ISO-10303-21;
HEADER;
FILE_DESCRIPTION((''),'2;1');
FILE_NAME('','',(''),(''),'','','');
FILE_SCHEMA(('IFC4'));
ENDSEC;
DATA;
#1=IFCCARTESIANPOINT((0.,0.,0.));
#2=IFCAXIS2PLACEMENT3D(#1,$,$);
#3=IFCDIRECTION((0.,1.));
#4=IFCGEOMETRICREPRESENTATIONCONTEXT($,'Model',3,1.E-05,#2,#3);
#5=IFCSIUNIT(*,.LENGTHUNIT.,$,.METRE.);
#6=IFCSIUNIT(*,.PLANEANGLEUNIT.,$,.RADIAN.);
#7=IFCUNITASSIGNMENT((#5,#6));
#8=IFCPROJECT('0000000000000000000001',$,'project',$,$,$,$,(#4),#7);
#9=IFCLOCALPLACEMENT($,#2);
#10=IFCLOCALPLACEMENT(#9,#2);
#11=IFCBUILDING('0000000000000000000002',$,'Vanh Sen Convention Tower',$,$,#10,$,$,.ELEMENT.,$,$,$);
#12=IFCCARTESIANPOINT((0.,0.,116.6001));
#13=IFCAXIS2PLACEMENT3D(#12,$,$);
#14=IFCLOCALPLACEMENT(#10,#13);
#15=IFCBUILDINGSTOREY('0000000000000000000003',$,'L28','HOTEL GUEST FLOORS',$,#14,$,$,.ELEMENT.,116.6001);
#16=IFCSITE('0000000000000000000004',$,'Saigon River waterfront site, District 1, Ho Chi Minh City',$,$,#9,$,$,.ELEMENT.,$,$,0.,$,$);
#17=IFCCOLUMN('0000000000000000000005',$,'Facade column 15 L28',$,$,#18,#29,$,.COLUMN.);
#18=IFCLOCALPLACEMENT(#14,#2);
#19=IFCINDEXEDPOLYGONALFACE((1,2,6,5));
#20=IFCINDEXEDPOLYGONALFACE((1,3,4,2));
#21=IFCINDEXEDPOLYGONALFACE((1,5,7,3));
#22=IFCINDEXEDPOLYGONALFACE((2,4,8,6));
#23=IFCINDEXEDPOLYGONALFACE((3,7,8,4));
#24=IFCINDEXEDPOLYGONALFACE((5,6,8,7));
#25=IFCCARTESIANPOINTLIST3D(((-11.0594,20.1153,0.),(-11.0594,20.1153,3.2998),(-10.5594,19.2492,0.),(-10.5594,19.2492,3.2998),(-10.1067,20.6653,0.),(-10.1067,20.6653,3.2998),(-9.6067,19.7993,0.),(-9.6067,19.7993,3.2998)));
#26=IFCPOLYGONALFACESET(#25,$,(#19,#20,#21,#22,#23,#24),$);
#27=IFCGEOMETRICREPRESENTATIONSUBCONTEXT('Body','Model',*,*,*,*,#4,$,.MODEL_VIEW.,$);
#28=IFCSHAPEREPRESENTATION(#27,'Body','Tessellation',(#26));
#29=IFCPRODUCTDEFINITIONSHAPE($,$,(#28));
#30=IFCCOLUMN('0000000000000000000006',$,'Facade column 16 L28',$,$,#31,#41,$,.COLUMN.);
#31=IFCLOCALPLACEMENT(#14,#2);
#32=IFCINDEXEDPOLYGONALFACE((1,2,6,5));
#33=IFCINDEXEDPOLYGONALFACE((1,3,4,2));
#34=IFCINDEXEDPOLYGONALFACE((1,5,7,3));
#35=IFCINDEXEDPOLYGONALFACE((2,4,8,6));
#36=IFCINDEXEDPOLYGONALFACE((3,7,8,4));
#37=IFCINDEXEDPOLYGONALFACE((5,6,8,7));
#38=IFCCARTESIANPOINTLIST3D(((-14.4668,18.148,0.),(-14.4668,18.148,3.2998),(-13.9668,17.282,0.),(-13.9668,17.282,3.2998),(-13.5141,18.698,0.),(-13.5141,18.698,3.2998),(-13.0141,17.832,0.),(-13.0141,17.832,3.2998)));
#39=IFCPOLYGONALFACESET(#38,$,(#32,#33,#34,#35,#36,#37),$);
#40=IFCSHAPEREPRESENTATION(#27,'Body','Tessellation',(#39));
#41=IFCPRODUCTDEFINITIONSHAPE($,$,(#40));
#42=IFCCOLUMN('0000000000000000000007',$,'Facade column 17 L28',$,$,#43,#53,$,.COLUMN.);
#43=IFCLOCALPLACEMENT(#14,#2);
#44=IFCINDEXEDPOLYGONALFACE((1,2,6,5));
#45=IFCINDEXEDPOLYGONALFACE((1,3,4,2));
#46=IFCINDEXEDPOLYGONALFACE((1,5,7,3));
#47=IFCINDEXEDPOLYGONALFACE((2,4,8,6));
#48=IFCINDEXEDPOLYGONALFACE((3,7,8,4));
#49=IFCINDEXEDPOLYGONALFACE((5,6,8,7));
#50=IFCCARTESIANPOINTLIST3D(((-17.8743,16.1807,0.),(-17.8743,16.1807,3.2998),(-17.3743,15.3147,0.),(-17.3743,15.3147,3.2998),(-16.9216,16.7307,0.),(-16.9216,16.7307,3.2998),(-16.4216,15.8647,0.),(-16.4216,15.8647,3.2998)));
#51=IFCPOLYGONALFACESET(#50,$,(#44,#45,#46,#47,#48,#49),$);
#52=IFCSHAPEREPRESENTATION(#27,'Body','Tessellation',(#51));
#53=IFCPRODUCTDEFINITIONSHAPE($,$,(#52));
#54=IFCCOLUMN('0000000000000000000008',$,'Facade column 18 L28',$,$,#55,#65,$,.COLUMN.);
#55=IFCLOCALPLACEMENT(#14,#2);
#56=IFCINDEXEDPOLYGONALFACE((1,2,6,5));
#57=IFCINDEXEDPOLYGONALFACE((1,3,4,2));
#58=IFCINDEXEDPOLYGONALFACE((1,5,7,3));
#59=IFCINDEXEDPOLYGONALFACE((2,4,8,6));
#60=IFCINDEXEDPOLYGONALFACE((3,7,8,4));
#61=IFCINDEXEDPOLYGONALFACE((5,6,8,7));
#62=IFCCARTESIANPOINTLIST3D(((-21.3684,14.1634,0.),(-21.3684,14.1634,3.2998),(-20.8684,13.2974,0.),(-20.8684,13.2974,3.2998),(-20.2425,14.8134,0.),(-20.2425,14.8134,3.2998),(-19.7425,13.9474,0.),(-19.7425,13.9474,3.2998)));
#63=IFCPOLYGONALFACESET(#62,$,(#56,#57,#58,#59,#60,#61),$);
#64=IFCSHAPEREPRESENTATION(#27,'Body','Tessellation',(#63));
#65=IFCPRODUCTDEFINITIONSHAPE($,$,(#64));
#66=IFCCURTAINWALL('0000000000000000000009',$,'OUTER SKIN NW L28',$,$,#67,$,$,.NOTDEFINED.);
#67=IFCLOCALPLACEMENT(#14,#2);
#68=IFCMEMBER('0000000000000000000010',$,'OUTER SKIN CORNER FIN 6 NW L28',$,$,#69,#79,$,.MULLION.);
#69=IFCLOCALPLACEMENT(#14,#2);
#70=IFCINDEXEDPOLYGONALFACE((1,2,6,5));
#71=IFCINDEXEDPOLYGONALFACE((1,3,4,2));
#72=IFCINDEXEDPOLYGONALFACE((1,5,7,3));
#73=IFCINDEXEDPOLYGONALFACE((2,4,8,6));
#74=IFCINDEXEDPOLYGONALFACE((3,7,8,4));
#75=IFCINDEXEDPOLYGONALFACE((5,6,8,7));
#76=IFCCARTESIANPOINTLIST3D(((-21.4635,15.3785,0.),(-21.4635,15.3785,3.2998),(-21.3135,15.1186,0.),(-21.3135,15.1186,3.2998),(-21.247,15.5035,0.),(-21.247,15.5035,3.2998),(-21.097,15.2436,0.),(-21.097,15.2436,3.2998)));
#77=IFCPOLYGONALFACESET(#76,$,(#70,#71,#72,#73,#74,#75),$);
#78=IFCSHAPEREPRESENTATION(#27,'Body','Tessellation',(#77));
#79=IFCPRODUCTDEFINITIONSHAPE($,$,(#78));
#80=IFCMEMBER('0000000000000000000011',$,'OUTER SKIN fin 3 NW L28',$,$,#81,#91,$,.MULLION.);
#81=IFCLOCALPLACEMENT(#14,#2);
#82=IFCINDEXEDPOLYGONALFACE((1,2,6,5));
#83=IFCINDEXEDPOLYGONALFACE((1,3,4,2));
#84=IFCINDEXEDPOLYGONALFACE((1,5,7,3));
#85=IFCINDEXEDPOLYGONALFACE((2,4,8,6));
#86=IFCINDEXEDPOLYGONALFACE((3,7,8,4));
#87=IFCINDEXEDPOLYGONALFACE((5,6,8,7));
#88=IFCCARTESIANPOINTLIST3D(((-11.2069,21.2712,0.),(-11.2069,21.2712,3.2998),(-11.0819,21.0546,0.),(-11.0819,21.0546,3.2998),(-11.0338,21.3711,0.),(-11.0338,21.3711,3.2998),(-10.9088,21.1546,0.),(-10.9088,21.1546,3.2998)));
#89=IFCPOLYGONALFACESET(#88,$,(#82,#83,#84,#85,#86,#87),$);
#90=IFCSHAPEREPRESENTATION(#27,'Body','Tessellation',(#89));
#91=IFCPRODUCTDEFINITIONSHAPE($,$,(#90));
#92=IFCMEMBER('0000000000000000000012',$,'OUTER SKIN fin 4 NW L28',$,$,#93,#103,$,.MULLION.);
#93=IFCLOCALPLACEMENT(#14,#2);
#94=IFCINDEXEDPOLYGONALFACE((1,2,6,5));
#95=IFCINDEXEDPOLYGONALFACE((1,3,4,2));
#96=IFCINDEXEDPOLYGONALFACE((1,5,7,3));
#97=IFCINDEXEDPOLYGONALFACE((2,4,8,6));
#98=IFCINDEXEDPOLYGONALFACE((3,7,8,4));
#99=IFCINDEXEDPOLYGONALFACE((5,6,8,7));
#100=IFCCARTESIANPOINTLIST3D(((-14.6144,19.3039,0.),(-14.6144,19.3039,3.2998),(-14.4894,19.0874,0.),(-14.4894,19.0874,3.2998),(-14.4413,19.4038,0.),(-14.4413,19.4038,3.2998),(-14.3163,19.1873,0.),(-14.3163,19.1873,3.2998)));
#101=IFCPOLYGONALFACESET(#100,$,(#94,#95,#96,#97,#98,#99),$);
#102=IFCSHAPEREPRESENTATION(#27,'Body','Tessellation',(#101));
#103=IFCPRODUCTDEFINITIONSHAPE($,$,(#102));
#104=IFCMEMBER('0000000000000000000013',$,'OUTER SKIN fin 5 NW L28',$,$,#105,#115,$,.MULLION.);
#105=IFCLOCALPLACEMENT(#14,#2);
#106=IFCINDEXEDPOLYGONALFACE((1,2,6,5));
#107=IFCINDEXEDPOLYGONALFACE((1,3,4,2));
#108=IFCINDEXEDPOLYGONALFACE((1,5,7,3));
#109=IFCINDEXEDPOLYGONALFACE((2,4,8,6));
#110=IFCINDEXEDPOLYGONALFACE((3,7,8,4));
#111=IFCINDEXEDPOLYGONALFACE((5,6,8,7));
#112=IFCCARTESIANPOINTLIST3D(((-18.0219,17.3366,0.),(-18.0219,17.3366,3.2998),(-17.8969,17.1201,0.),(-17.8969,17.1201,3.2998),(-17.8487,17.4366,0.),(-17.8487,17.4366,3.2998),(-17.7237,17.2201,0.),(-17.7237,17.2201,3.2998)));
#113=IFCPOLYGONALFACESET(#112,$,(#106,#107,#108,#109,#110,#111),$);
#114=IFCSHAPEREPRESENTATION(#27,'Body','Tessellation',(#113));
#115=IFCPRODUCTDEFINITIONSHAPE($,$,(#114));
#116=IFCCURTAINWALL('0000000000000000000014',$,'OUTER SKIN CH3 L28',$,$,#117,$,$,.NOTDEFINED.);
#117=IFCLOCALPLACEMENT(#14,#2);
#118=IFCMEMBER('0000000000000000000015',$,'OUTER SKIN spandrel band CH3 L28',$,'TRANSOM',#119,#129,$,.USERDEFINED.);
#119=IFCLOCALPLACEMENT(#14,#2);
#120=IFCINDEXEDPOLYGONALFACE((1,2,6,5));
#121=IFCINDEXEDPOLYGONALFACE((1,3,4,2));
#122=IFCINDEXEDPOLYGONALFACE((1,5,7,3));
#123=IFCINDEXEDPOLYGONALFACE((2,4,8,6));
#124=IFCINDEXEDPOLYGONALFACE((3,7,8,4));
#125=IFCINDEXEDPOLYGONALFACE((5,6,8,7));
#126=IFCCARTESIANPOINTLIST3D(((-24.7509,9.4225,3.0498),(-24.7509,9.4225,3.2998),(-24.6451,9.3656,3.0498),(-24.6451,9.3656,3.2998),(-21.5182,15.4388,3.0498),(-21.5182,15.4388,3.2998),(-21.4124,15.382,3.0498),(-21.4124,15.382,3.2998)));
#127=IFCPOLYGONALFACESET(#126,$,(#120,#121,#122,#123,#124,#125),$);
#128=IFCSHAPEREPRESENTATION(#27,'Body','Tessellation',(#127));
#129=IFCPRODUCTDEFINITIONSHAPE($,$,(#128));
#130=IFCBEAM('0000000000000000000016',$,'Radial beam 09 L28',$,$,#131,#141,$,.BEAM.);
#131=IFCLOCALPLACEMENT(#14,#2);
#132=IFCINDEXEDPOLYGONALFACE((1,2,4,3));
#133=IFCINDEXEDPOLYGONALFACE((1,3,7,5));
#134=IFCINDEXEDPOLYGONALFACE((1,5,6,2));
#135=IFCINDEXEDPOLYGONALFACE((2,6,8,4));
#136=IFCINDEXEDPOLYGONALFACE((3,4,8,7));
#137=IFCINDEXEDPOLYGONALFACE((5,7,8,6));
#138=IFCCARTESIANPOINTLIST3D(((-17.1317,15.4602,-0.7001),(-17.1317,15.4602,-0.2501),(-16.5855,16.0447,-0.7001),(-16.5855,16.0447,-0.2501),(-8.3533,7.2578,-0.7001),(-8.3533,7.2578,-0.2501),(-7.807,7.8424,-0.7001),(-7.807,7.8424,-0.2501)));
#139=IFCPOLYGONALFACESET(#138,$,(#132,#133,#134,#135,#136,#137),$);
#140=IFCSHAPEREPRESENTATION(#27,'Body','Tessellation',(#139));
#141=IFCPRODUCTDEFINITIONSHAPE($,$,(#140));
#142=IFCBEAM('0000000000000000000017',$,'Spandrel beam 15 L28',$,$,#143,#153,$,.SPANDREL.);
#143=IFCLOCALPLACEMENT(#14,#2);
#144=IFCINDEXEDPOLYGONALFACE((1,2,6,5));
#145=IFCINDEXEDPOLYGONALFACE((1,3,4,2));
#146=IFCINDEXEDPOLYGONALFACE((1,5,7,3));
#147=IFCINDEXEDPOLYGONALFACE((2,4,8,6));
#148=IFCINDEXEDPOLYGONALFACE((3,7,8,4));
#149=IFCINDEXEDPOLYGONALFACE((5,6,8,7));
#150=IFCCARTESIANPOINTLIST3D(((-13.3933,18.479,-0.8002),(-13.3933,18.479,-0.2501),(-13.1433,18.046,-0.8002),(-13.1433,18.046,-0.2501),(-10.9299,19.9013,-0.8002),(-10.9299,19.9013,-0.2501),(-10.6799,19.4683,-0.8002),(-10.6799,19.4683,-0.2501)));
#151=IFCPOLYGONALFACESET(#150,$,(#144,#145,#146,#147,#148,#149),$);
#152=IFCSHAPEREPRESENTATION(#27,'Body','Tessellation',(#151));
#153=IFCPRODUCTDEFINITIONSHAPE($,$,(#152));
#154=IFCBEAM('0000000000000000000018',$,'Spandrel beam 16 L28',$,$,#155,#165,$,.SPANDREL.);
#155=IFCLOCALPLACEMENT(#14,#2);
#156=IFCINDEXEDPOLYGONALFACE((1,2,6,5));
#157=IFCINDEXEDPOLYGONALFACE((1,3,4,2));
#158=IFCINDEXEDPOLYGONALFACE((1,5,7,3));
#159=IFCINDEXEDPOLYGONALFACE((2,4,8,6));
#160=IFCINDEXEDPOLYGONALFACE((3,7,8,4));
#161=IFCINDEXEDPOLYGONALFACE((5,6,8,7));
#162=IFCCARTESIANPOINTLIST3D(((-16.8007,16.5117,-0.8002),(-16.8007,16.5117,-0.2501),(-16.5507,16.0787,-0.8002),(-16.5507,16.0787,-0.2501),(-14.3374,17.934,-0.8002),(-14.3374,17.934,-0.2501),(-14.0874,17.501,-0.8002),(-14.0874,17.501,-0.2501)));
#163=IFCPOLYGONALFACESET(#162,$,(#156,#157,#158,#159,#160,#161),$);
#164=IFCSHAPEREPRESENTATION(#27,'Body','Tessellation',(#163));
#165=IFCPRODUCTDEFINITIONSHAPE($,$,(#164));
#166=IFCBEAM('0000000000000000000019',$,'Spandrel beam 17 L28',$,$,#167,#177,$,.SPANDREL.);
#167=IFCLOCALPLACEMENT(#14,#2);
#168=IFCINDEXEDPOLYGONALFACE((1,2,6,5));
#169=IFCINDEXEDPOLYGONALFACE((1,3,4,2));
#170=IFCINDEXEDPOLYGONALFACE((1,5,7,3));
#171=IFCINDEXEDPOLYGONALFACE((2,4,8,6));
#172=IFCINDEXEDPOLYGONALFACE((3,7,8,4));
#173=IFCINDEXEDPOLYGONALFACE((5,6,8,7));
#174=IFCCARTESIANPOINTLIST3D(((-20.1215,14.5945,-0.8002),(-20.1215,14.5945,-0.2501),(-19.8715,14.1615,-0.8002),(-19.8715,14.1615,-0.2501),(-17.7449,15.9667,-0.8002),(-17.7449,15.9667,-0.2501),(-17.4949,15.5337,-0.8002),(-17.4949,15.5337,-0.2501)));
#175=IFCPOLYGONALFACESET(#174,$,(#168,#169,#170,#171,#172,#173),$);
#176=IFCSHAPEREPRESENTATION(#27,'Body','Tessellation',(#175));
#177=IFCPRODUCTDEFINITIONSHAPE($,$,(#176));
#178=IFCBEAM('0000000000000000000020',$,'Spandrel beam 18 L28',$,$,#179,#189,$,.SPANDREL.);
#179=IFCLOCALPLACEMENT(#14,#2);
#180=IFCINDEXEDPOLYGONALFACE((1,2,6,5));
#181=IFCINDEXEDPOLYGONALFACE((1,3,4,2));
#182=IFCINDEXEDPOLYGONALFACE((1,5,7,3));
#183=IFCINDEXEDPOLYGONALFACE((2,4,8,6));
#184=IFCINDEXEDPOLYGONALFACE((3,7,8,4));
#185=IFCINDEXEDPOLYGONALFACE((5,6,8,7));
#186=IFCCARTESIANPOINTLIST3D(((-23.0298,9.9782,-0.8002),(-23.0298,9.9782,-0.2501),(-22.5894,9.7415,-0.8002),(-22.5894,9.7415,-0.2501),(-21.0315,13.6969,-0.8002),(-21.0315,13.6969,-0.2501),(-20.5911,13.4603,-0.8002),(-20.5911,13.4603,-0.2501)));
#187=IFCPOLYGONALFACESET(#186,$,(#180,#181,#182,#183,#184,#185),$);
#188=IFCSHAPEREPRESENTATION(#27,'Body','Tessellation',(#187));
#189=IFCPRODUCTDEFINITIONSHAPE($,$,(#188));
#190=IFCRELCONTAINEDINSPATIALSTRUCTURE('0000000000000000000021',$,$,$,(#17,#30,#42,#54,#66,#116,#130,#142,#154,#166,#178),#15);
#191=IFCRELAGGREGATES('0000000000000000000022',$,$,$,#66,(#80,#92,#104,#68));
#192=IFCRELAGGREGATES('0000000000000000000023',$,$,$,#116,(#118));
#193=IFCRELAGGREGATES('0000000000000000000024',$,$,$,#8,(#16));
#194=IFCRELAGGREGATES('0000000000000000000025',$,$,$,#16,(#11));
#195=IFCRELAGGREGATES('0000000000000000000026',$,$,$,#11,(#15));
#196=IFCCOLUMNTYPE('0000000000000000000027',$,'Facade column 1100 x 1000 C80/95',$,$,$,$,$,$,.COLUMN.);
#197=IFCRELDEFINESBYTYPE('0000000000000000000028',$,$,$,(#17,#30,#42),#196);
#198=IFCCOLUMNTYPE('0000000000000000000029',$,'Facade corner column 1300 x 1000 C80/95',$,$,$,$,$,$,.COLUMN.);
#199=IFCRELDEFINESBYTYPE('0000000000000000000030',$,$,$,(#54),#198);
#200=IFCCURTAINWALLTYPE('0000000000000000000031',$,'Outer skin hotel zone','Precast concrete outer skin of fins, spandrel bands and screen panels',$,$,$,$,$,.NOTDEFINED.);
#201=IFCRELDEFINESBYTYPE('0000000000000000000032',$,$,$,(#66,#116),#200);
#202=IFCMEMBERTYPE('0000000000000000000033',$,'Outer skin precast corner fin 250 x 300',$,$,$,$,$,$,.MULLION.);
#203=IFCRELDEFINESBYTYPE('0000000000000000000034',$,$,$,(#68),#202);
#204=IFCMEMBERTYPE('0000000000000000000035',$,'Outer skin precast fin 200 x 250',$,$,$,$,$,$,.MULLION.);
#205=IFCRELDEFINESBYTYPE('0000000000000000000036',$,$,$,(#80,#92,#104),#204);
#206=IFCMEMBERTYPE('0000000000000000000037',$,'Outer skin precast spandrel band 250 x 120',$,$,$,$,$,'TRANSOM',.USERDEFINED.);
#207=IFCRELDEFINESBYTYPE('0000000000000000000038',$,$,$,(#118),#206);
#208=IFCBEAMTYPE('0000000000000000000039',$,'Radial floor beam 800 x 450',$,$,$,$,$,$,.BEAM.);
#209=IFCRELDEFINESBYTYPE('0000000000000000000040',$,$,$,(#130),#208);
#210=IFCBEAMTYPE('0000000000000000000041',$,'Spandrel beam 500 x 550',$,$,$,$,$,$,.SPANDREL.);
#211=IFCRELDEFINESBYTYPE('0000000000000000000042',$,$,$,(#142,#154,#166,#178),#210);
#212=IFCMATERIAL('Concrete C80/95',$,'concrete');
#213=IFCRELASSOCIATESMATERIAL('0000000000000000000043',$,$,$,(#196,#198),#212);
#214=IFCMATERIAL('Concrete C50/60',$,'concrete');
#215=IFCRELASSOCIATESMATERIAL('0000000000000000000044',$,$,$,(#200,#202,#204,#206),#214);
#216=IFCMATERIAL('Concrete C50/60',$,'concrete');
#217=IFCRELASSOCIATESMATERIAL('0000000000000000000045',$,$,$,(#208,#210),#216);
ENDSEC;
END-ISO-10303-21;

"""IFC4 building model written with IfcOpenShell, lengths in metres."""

from ifc_helpers import new_model, si_unit, direction, frame, origin, origin_2d, place, context, subcontext, project, spatial, rectangle, extrude, material, material_profile, profile_set, type_object, element, aggregate, save


model = new_model("IFC4")

# Units and contexts
model_context = context("Model", 3, precision=1e-05, world=origin(), true_north=direction((0.0, 1.0)))
body_context = subcontext(model_context, "Body", "Model", "MODEL_VIEW")
ifc_project = project(units=[si_unit("LENGTHUNIT", "METRE"), si_unit("PLANEANGLEUNIT", "RADIAN")], contexts=[model_context])

# Site, building, storey
site_placement = place(None, origin())
site = spatial("IfcSite", under=ifc_project, at=site_placement, Name="Saigon River waterfront site, District 1, Ho Chi Minh City", CompositionType="ELEMENT", RefElevation=0.0)
building_placement = place(site_placement, origin())
building = spatial("IfcBuilding", under=site, at=building_placement, Name="Vanh Sen Convention Tower", CompositionType="ELEMENT")
storey_placement = place(building_placement, frame((0.0, 0.0, 116.6001)))
storey = spatial("IfcBuildingStorey", under=building, at=storey_placement, Name="L28", Description="HOTEL GUEST FLOORS", CompositionType="ELEMENT", Elevation=116.6001)

# Columns
ifc_material_1 = material(Name="Concrete C80/95", Category="concrete")
ifc_material_profile_1 = material_profile(ifc_material_1, rectangle(XDim=1.1001, YDim=1.0, at=origin_2d()), Name="RC 1100X1000")
ifc_profile_set_1 = profile_set([ifc_material_profile_1], Name="Concrete C80/95")
column_type_1 = type_object("IfcColumnType", Name="Facade column 1100 x 1000 C80/95", PredefinedType="COLUMN", material=ifc_profile_set_1)
for number, where, z_axis, x_axis, name in (
    (1, (-10.333, 19.9573, 0.0), (0.0, 0.0, 1.0), (-0.866025, -0.5, 0.0), "Facade column 15 L28"),
    (2, (-13.7405, 17.99, 0.0), (0.0, 0.0, 1.0), (-0.866025, -0.5, 0.0), "Facade column 16 L28"),
    (3, (-17.1479, 16.0227, 0.0), (0.0, 0.0, 1.0), (-0.866025, -0.5, 0.0), "Facade column 17 L28"),
):
    element("IfcColumn", number, at=place(storey_placement, frame(where, z_axis=z_axis, x_axis=x_axis)), inside=storey, type_object=column_type_1, Name=name, PredefinedType="COLUMN", context=body_context, shape_type="SweptSolid", body=[
        extrude(rectangle(XDim=1.1001, YDim=1.0, at=origin_2d()), origin(), (0.0, 0.0, 1.0), 3.2998),
    ])
ifc_material_profile_2 = material_profile(ifc_material_1, rectangle(XDim=1.3, YDim=1.0, at=origin_2d()), Name="RC 1300X1000")
ifc_profile_set_2 = profile_set([ifc_material_profile_2], Name="Concrete C80/95")
column_type_2 = type_object("IfcColumnType", Name="Facade corner column 1300 x 1000 C80/95", PredefinedType="COLUMN", material=ifc_profile_set_2)
column_placement = place(storey_placement, frame((-20.5554, 14.0554, 0.0), z_axis=(0.0, 0.0, 1.0), x_axis=(-0.866025, -0.5, 0.0)))
element("IfcColumn", 4, at=column_placement, inside=storey, type_object=column_type_2, Name="Facade column 18 L28", PredefinedType="COLUMN", context=body_context, shape_type="SweptSolid", body=[
    extrude(rectangle(XDim=1.3, YDim=1.0, at=origin_2d()), origin(), (0.0, 0.0, 1.0), 3.2998),
])

# Curtain wall, members
ifc_material_2 = material(Name="Concrete C50/60", Category="concrete")
curtain_wall_type = type_object("IfcCurtainWallType", Name="Outer skin hotel zone", Description="Precast concrete outer skin of fins, spandrel bands and screen panels", PredefinedType="NOTDEFINED", material=ifc_material_2)
curtain_wall_1_placement = place(storey_placement, origin())
curtain_wall_1 = element("IfcCurtainWall", 5, at=curtain_wall_1_placement, inside=storey, type_object=curtain_wall_type, Name="OUTER SKIN NW L28", PredefinedType="NOTDEFINED")
ifc_material_profile_3 = material_profile(ifc_material_2, rectangle(XDim=0.25, YDim=0.3, at=origin_2d()), Name="Outer skin precast corner fin 250 x 300")
ifc_profile_set_3 = profile_set([ifc_material_profile_3], Name="Concrete C50/60")
member_type_1 = type_object("IfcMemberType", Name="Outer skin precast corner fin 250 x 300", PredefinedType="MULLION", material=ifc_profile_set_3)
member_1_placement = place(storey_placement, frame((-21.2803, 15.311, 0.0), z_axis=(0.0, 0.0, 1.0), x_axis=(-0.866025, -0.5, 0.0)))
member_1 = element("IfcMember", 6, at=member_1_placement, type_object=member_type_1, Name="OUTER SKIN CORNER FIN 6 NW L28", PredefinedType="MULLION", context=body_context, shape_type="SweptSolid", body=[
    extrude(rectangle(XDim=0.25, YDim=0.3, at=origin_2d()), origin(), (0.0, 0.0, 1.0), 3.2998),
])
ifc_material_profile_4 = material_profile(ifc_material_2, rectangle(XDim=0.2, YDim=0.25, at=origin_2d()), Name="Outer skin precast fin 200 x 250")
ifc_profile_set_4 = profile_set([ifc_material_profile_4], Name="Concrete C50/60")
member_type_2 = type_object("IfcMemberType", Name="Outer skin precast fin 200 x 250", PredefinedType="MULLION", material=ifc_profile_set_4)
member_2_placement = place(storey_placement, frame((-11.0579, 21.2129, 0.0), z_axis=(0.0, 0.0, 1.0), x_axis=(-0.866025, -0.5, 0.0)))
member_2 = element("IfcMember", 7, at=member_2_placement, type_object=member_type_2, Name="OUTER SKIN fin 3 NW L28", PredefinedType="MULLION", context=body_context, shape_type="SweptSolid", body=[
    extrude(rectangle(XDim=0.2, YDim=0.25, at=origin_2d()), origin(), (0.0, 0.0, 1.0), 3.2998),
])
member_3_placement = place(storey_placement, frame((-14.4653, 19.2456, 0.0), z_axis=(0.0, 0.0, 1.0), x_axis=(-0.866025, -0.5, 0.0)))
member_3 = element("IfcMember", 8, at=member_3_placement, type_object=member_type_2, Name="OUTER SKIN fin 4 NW L28", PredefinedType="MULLION", context=body_context, shape_type="SweptSolid", body=[
    extrude(rectangle(XDim=0.2, YDim=0.25, at=origin_2d()), origin(), (0.0, 0.0, 1.0), 3.2998),
])
member_4_placement = place(storey_placement, frame((-17.8728, 17.2783, 0.0), z_axis=(0.0, 0.0, 1.0), x_axis=(-0.866025, -0.5, 0.0)))
member_4 = element("IfcMember", 9, at=member_4_placement, type_object=member_type_2, Name="OUTER SKIN fin 5 NW L28", PredefinedType="MULLION", context=body_context, shape_type="SweptSolid", body=[
    extrude(rectangle(XDim=0.2, YDim=0.25, at=origin_2d()), origin(), (0.0, 0.0, 1.0), 3.2998),
])

# Curtain wall, member
curtain_wall_2_placement = place(storey_placement, origin())
curtain_wall_2 = element("IfcCurtainWall", 10, at=curtain_wall_2_placement, inside=storey, type_object=curtain_wall_type, Name="OUTER SKIN CH3 L28", PredefinedType="NOTDEFINED")
ifc_material_profile_5 = material_profile(ifc_material_2, rectangle(XDim=0.1201, YDim=0.25, at=origin_2d()), Name="Outer skin precast spandrel band 250 x 120")
ifc_profile_set_5 = profile_set([ifc_material_profile_5], Name="Concrete C50/60")
member_type_3 = type_object("IfcMemberType", Name="Outer skin precast spandrel band 250 x 120", ElementType="TRANSOM", PredefinedType="USERDEFINED", material=ifc_profile_set_5)
member_5_placement = place(storey_placement, frame((-21.4653, 15.4104, 3.1748), z_axis=(-0.473315, -0.880893, 0.0), x_axis=(0.880893, -0.473315, 0.0)))
member_5 = element("IfcMember", 11, at=member_5_placement, type_object=member_type_3, Name="OUTER SKIN spandrel band CH3 L28", ObjectType="TRANSOM", PredefinedType="USERDEFINED", context=body_context, shape_type="SweptSolid", body=[
    extrude(rectangle(XDim=0.1201, YDim=0.25, at=origin_2d()), origin(), (0.0, 0.0, 1.0), 6.8298),
])

# Beams
ifc_material_3 = material(Name="Concrete C50/60", Category="concrete")
ifc_material_profile_6 = material_profile(ifc_material_3, rectangle(XDim=0.8, YDim=0.45, at=origin_2d()), Name="RC 800X450")
ifc_profile_set_6 = profile_set([ifc_material_profile_6], Name="Concrete C50/60")
beam_type_1 = type_object("IfcBeamType", Name="Radial floor beam 800 x 450", PredefinedType="BEAM", material=ifc_profile_set_6)
beam_1_placement = place(storey_placement, frame((-16.8586, 15.7524, -0.4751), z_axis=(0.730679, -0.682721, 0.0), x_axis=(0.682721, 0.730679, 0.0)))
element("IfcBeam", 12, at=beam_1_placement, inside=storey, type_object=beam_type_1, Name="Radial beam 09 L28", PredefinedType="BEAM", context=body_context, shape_type="SweptSolid", body=[
    extrude(rectangle(XDim=0.8, YDim=0.45, at=origin_2d()), origin(), (0.0, 0.0, 1.0), 12.0142),
])
ifc_material_profile_7 = material_profile(ifc_material_3, rectangle(XDim=0.5, YDim=0.55, at=origin_2d()), Name="RC 500X550")
ifc_profile_set_7 = profile_set([ifc_material_profile_7], Name="Concrete C50/60")
beam_type_2 = type_object("IfcBeamType", Name="Spandrel beam 500 x 550", PredefinedType="SPANDREL", material=ifc_profile_set_7)
for number, where, z_axis, x_axis, name in (
    (13, (-10.8049, 19.6848, -0.5251), (-0.866005, -0.500034, 0.0), (0.500034, -0.866005, 0.0), "Spandrel beam 15 L28"),
    (14, (-14.2124, 17.7175, -0.5251), (-0.866005, -0.500034, 0.0), (0.500034, -0.866005, 0.0), "Spandrel beam 16 L28"),
):
    element("IfcBeam", number, at=place(storey_placement, frame(where, z_axis=z_axis, x_axis=x_axis)), inside=storey, type_object=beam_type_2, Name=name, PredefinedType="SPANDREL", context=body_context, shape_type="SweptSolid", body=[
        extrude(rectangle(XDim=0.5, YDim=0.55, at=origin_2d()), origin(), (0.0, 0.0, 1.0), 2.8445),
    ])
beam_2_placement = place(storey_placement, frame((-17.6199, 15.7502, -0.5251), z_axis=(-0.866006, -0.500033, 0.0), x_axis=(0.500033, -0.866006, 0.0)))
element("IfcBeam", 15, at=beam_2_placement, inside=storey, type_object=beam_type_2, Name="Spandrel beam 17 L28", PredefinedType="SPANDREL", context=body_context, shape_type="SweptSolid", body=[
    extrude(rectangle(XDim=0.5, YDim=0.55, at=origin_2d()), origin(), (0.0, 0.0, 1.0), 2.7444),
])
beam_3_placement = place(storey_placement, frame((-20.8113, 13.5786, -0.5251), z_axis=(-0.473344, -0.880877, 0.0), x_axis=(0.880877, -0.473344, 0.0)))
element("IfcBeam", 16, at=beam_3_placement, inside=storey, type_object=beam_type_2, Name="Spandrel beam 18 L28", PredefinedType="SPANDREL", context=body_context, shape_type="SweptSolid", body=[
    extrude(rectangle(XDim=0.5, YDim=0.55, at=origin_2d()), origin(), (0.0, 0.0, 1.0), 4.2217),
])

aggregate(curtain_wall_1, [member_2, member_3, member_4, member_1])
aggregate(curtain_wall_2, [member_5])

save(model, "model.ifc")
